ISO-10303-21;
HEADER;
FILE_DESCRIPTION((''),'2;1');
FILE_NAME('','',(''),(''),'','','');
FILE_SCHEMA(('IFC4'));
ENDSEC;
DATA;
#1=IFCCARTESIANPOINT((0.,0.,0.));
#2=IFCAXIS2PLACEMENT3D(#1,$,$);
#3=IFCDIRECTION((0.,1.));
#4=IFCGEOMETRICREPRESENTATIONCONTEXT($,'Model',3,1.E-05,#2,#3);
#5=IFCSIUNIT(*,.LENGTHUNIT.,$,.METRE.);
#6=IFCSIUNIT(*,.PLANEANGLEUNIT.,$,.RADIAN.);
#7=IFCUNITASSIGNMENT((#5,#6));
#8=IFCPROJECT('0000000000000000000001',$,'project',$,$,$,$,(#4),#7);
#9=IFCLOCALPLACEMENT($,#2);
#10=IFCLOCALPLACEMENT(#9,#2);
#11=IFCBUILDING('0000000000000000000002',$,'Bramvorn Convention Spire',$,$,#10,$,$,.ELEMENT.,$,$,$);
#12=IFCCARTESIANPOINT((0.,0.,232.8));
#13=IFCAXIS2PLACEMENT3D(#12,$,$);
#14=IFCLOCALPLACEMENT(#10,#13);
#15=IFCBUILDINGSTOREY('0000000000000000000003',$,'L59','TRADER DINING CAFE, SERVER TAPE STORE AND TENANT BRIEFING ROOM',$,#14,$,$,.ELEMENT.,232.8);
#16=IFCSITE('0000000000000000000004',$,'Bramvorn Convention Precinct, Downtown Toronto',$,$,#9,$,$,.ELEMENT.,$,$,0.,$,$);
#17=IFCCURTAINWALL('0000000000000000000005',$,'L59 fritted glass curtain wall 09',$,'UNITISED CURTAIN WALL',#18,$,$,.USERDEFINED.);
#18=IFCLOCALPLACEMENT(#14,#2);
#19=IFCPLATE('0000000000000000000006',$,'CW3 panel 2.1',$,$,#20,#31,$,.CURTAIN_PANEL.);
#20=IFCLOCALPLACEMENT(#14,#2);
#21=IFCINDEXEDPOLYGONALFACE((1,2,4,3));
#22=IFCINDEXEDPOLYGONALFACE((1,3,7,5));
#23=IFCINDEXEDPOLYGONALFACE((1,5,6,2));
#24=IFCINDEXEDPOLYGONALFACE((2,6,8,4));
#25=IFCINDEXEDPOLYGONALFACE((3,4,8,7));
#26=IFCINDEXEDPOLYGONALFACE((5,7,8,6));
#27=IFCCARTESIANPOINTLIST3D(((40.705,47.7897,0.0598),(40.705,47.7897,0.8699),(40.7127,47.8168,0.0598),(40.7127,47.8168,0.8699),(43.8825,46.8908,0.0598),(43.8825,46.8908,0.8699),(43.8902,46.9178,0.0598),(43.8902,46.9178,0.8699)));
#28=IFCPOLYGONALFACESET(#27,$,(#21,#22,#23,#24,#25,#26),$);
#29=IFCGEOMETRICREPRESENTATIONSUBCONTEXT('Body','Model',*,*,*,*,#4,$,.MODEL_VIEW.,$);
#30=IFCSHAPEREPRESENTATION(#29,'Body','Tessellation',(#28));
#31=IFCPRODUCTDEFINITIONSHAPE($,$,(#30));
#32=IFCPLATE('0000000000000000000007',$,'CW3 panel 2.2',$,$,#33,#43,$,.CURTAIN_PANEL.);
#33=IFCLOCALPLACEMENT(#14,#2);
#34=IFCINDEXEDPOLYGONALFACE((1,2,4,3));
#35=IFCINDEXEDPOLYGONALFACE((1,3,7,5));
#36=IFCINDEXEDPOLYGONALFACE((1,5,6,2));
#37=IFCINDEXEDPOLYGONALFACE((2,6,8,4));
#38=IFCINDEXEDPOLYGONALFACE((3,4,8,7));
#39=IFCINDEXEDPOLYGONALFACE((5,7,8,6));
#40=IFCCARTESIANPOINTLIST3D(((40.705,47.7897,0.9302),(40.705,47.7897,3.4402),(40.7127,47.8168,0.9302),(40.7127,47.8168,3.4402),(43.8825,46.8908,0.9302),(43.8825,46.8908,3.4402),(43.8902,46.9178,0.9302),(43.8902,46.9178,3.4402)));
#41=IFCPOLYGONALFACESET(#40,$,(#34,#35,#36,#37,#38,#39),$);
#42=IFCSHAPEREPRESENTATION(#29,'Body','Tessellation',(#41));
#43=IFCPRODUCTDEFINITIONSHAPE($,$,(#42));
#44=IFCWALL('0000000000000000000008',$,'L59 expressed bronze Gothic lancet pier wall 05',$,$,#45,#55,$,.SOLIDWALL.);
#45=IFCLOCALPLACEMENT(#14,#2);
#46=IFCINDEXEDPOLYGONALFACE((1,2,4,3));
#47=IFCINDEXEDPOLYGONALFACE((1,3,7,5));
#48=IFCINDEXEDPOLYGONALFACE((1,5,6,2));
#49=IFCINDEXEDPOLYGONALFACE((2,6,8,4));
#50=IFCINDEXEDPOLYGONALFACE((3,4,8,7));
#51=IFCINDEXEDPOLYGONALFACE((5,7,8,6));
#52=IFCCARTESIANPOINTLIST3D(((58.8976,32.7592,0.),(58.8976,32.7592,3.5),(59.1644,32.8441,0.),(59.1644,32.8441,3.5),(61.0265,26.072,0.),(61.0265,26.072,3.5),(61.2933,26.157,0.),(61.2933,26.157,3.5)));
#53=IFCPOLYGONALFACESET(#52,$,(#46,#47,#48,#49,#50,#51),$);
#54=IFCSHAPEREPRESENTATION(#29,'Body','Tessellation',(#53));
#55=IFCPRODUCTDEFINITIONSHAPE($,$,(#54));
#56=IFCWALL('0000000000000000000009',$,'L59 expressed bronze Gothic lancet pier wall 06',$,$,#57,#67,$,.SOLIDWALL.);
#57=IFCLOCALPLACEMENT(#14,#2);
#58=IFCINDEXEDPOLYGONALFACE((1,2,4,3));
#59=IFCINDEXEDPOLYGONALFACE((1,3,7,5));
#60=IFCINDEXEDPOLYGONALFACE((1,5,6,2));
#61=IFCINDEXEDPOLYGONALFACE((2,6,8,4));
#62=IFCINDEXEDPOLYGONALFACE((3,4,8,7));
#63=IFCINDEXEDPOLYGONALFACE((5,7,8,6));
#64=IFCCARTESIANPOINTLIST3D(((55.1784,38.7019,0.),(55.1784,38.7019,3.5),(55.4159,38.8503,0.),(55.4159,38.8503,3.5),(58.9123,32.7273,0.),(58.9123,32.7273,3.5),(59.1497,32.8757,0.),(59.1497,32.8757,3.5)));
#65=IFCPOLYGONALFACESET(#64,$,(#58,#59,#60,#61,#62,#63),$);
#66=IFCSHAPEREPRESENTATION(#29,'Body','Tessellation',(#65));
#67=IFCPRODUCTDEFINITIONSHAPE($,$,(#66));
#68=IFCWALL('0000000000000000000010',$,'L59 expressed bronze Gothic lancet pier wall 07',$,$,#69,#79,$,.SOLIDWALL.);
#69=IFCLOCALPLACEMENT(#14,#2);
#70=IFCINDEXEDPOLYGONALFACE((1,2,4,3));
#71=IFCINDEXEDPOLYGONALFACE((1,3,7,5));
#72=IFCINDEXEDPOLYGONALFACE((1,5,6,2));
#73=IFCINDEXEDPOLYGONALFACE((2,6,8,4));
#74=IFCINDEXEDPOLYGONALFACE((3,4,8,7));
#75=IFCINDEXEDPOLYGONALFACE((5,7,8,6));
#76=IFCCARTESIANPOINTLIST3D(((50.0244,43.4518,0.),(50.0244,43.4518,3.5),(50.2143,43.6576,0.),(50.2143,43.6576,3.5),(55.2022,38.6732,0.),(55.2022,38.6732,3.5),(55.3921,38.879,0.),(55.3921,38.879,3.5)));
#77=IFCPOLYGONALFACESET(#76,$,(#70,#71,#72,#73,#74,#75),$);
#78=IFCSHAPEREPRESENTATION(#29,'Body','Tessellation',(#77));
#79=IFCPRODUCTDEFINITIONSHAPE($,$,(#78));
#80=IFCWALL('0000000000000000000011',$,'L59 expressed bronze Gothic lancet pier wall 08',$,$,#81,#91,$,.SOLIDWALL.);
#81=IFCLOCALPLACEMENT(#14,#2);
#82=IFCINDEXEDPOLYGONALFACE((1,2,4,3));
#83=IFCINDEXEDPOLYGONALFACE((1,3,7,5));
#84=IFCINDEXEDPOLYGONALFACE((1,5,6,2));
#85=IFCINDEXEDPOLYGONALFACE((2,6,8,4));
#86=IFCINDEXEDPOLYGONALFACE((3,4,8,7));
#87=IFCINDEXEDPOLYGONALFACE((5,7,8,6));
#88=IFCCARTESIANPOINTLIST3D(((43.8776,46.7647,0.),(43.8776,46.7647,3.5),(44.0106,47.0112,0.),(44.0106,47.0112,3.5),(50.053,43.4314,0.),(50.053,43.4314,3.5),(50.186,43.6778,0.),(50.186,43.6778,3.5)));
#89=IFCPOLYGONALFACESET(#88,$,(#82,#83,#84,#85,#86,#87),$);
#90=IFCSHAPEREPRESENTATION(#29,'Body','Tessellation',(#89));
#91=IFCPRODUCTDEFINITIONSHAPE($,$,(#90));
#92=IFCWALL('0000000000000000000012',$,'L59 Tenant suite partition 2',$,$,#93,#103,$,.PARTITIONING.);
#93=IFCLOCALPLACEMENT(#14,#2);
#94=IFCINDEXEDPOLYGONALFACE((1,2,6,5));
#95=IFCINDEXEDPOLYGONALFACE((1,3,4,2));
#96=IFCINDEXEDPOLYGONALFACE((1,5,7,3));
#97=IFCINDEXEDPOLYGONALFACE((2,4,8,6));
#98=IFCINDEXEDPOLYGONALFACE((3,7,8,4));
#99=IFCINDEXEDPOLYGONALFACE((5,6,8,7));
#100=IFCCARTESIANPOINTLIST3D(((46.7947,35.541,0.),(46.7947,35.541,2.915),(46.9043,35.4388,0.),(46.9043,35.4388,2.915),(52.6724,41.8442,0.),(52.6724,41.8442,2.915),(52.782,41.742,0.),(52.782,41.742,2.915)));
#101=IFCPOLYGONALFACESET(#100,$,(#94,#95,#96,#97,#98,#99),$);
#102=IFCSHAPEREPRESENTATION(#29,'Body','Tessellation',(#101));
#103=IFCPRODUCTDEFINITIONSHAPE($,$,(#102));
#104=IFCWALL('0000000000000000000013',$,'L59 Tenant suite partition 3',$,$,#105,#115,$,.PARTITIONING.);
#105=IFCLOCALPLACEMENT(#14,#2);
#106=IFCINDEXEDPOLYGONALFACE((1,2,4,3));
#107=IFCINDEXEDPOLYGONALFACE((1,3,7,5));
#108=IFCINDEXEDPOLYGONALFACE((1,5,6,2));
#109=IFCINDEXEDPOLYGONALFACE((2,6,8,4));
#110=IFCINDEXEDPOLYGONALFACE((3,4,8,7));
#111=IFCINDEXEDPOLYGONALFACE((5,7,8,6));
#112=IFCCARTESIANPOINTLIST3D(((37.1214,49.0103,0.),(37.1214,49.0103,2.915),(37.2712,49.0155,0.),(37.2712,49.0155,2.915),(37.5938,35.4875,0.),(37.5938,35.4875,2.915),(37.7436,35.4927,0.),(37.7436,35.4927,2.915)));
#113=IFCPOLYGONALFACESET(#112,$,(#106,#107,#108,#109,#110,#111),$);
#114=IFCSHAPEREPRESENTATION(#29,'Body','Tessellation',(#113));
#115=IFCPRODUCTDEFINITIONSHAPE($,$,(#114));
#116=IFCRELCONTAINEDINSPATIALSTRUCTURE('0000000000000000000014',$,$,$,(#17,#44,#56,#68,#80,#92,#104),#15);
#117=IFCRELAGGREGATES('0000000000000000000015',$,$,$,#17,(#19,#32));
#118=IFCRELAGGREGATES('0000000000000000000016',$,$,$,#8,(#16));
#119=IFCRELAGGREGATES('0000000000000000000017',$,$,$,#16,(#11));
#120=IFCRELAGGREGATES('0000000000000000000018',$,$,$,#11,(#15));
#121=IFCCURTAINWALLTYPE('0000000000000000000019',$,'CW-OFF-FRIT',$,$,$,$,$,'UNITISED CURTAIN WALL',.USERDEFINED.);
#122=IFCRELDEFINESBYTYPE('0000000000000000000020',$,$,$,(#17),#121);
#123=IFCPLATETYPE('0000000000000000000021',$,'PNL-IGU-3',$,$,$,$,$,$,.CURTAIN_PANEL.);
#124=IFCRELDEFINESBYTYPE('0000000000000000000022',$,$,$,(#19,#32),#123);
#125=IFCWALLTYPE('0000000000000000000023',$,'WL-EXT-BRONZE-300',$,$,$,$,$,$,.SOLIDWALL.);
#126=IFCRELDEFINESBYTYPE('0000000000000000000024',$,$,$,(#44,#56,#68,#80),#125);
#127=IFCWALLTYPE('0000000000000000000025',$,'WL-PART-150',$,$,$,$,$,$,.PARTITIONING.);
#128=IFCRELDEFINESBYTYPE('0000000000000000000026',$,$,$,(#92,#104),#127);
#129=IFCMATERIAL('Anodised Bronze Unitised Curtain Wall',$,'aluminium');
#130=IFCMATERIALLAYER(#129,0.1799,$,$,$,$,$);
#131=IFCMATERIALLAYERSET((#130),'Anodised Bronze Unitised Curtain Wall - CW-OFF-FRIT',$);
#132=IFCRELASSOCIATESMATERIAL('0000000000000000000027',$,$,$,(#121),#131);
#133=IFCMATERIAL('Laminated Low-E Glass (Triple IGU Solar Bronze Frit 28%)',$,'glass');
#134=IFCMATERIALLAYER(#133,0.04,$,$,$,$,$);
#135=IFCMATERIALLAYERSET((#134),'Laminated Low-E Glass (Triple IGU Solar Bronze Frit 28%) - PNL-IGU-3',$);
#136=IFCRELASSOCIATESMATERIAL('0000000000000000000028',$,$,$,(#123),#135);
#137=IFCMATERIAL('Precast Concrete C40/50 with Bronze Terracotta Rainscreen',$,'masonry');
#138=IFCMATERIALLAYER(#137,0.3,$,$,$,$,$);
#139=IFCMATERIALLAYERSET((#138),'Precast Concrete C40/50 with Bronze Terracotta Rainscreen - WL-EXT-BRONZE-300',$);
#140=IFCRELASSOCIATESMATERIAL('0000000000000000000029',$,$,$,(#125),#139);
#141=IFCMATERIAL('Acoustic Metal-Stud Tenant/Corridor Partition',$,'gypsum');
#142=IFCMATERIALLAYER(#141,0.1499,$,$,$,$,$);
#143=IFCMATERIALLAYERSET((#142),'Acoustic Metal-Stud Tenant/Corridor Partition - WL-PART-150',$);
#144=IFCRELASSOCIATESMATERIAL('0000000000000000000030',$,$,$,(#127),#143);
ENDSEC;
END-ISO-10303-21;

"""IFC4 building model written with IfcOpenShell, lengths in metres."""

from ifc_helpers import new_model, si_unit, direction, frame, frame_2d, origin, origin_2d, place, context, subcontext, project, spatial, rectangle, extrude, material, layer, layer_set, type_object, element, aggregate, save


model = new_model("IFC4")

# Units and contexts
model_context = context("Model", 3, precision=1e-05, world=origin(), true_north=direction((0.0, 1.0)))
body_context = subcontext(model_context, "Body", "Model", "MODEL_VIEW")
ifc_project = project(units=[si_unit("LENGTHUNIT", "METRE"), si_unit("PLANEANGLEUNIT", "RADIAN")], contexts=[model_context])

# Site, building, storey
site_placement = place(None, origin())
site = spatial("IfcSite", under=ifc_project, at=site_placement, Name="Bramvorn Convention Precinct, Downtown Toronto", CompositionType="ELEMENT", RefElevation=0.0)
building_placement = place(site_placement, origin())
building = spatial("IfcBuilding", under=site, at=building_placement, Name="Bramvorn Convention Spire", CompositionType="ELEMENT")
storey_placement = place(building_placement, frame((0.0, 0.0, 232.8)))
storey = spatial("IfcBuildingStorey", under=building, at=storey_placement, Name="L59", Description="TRADER DINING CAFE, SERVER TAPE STORE AND TENANT BRIEFING ROOM", CompositionType="ELEMENT", Elevation=232.8)

# Curtain wall
ifc_material_1 = material(Name="Anodised Bronze Unitised Curtain Wall", Category="aluminium")
ifc_layer_1 = layer(ifc_material_1, 0.1799)
ifc_layer_set_1 = layer_set([ifc_layer_1], Name="Anodised Bronze Unitised Curtain Wall - CW-OFF-FRIT")
curtain_wall_type = type_object("IfcCurtainWallType", Name="CW-OFF-FRIT", ElementType="UNITISED CURTAIN WALL", PredefinedType="USERDEFINED", material=ifc_layer_set_1)
curtain_wall_1_placement = place(storey_placement, origin())
curtain_wall_1 = element("IfcCurtainWall", 1, at=curtain_wall_1_placement, inside=storey, type_object=curtain_wall_type, Name="L59 fritted glass curtain wall 09", ObjectType="UNITISED CURTAIN WALL", PredefinedType="USERDEFINED")

# Plates
ifc_material_2 = material(Name="Laminated Low-E Glass (Triple IGU Solar Bronze Frit 28%)", Category="glass")
ifc_layer_2 = layer(ifc_material_2, 0.04)
ifc_layer_set_2 = layer_set([ifc_layer_2], Name="Laminated Low-E Glass (Triple IGU Solar Bronze Frit 28%) - PNL-IGU-3")
plate_type = type_object("IfcPlateType", Name="PNL-IGU-3", PredefinedType="CURTAIN_PANEL", material=ifc_layer_set_2)
plate_1_placement = place(storey_placement, frame((42.2976, 47.3538, 0.0598), z_axis=(0.0, 0.0, 1.0), x_axis=(0.96223, -0.272236, 0.0)))
plate_1 = element("IfcPlate", 2, at=plate_1_placement, type_object=plate_type, Name="CW3 panel 2.1", PredefinedType="CURTAIN_PANEL", context=body_context, shape_type="SweptSolid", body=[
    extrude(rectangle(XDim=3.3022, YDim=0.0281, at=origin_2d()), origin(), (0.0, 0.0, 1.0), 0.8101),
])
plate_2_placement = place(storey_placement, frame((42.2976, 47.3538, 0.9302), z_axis=(0.0, 0.0, 1.0), x_axis=(0.96223, -0.272236, 0.0)))
plate_2 = element("IfcPlate", 3, at=plate_2_placement, type_object=plate_type, Name="CW3 panel 2.2", PredefinedType="CURTAIN_PANEL", context=body_context, shape_type="SweptSolid", body=[
    extrude(rectangle(XDim=3.3022, YDim=0.0281, at=origin_2d()), origin(), (0.0, 0.0, 1.0), 2.51),
])
aggregate(curtain_wall_1, [plate_1, plate_2])

# Walls
ifc_material_3 = material(Name="Precast Concrete C40/50 with Bronze Terracotta Rainscreen", Category="masonry")
ifc_layer_3 = layer(ifc_material_3, 0.3)
ifc_layer_set_3 = layer_set([ifc_layer_3], Name="Precast Concrete C40/50 with Bronze Terracotta Rainscreen - WL-EXT-BRONZE-300")
wall_type_1 = type_object("IfcWallType", Name="WL-EXT-BRONZE-300", PredefinedType="SOLIDWALL", material=ifc_layer_set_3)
wall_1_placement = place(storey_placement, frame((59.031, 32.8015, 0.0), z_axis=(0.0, 0.0, 1.0), x_axis=(0.303362, -0.952876, 0.0)))
element("IfcWall", 4, at=wall_1_placement, inside=storey, type_object=wall_type_1, Name="L59 expressed bronze Gothic lancet pier wall 05", PredefinedType="SOLIDWALL", context=body_context, shape_type="SweptSolid", body=[
    extrude(rectangle(XDim=7.0178, YDim=0.28, at=frame_2d((3.5088, 0.0))), origin(), (0.0, 0.0, 1.0), 3.5),
])
wall_2_placement = place(storey_placement, frame((55.2971, 38.7761, 0.0), z_axis=(0.0, 0.0, 1.0), x_axis=(0.529974, -0.848014, 0.0)))
element("IfcWall", 5, at=wall_2_placement, inside=storey, type_object=wall_type_1, Name="L59 expressed bronze Gothic lancet pier wall 06", PredefinedType="SOLIDWALL", context=body_context, shape_type="SweptSolid", body=[
    extrude(rectangle(XDim=7.0454, YDim=0.28, at=frame_2d((3.5227, 0.0))), origin(), (0.0, 0.0, 1.0), 3.5),
])
wall_3_placement = place(storey_placement, frame((50.1194, 43.5547, 0.0), z_axis=(0.0, 0.0, 1.0), x_axis=(0.734866, -0.678212, 0.0)))
element("IfcWall", 6, at=wall_3_placement, inside=storey, type_object=wall_type_1, Name="L59 expressed bronze Gothic lancet pier wall 07", PredefinedType="SOLIDWALL", context=body_context, shape_type="SweptSolid", body=[
    extrude(rectangle(XDim=7.0459, YDim=0.28, at=frame_2d((3.5229, 0.0))), origin(), (0.0, 0.0, 1.0), 3.5),
])
wall_4_placement = place(storey_placement, frame((43.9441, 46.8879, 0.0), z_axis=(0.0, 0.0, 1.0), x_axis=(0.879989, -0.474994, 0.0)))
element("IfcWall", 7, at=wall_4_placement, inside=storey, type_object=wall_type_1, Name="L59 expressed bronze Gothic lancet pier wall 08", PredefinedType="SOLIDWALL", context=body_context, shape_type="SweptSolid", body=[
    extrude(rectangle(XDim=7.0176, YDim=0.28, at=frame_2d((3.5088, 0.0))), origin(), (0.0, 0.0, 1.0), 3.5),
])
ifc_material_4 = material(Name="Acoustic Metal-Stud Tenant/Corridor Partition", Category="gypsum")
ifc_layer_4 = layer(ifc_material_4, 0.1499)
ifc_layer_set_4 = layer_set([ifc_layer_4], Name="Acoustic Metal-Stud Tenant/Corridor Partition - WL-PART-150")
wall_type_2 = type_object("IfcWallType", Name="WL-PART-150", PredefinedType="PARTITIONING", material=ifc_layer_set_4)
wall_5_placement = place(storey_placement, frame((46.8496, 35.49, 0.0), z_axis=(0.0, 0.0, 1.0), x_axis=(0.681988, 0.731363, 0.0)))
element("IfcWall", 8, at=wall_5_placement, inside=storey, type_object=wall_type_2, Name="L59 Tenant suite partition 2", PredefinedType="PARTITIONING", context=body_context, shape_type="SweptSolid", body=[
    extrude(rectangle(XDim=8.6184, YDim=0.1499, at=frame_2d((4.3091, 0.0))), origin(), (0.0, 0.0, 1.0), 2.915),
])
wall_6_placement = place(storey_placement, frame((37.6687, 35.49, 0.0), z_axis=(0.0, 0.0, 1.0), x_axis=(-0.034913, 0.99939, 0.0)))
element("IfcWall", 9, at=wall_6_placement, inside=storey, type_object=wall_type_2, Name="L59 Tenant suite partition 3", PredefinedType="PARTITIONING", context=body_context, shape_type="SweptSolid", body=[
    extrude(rectangle(XDim=13.531, YDim=0.1499, at=frame_2d((6.7656, 0.0))), origin(), (0.0, 0.0, 1.0), 2.915),
])

save(model, "model.ifc")
